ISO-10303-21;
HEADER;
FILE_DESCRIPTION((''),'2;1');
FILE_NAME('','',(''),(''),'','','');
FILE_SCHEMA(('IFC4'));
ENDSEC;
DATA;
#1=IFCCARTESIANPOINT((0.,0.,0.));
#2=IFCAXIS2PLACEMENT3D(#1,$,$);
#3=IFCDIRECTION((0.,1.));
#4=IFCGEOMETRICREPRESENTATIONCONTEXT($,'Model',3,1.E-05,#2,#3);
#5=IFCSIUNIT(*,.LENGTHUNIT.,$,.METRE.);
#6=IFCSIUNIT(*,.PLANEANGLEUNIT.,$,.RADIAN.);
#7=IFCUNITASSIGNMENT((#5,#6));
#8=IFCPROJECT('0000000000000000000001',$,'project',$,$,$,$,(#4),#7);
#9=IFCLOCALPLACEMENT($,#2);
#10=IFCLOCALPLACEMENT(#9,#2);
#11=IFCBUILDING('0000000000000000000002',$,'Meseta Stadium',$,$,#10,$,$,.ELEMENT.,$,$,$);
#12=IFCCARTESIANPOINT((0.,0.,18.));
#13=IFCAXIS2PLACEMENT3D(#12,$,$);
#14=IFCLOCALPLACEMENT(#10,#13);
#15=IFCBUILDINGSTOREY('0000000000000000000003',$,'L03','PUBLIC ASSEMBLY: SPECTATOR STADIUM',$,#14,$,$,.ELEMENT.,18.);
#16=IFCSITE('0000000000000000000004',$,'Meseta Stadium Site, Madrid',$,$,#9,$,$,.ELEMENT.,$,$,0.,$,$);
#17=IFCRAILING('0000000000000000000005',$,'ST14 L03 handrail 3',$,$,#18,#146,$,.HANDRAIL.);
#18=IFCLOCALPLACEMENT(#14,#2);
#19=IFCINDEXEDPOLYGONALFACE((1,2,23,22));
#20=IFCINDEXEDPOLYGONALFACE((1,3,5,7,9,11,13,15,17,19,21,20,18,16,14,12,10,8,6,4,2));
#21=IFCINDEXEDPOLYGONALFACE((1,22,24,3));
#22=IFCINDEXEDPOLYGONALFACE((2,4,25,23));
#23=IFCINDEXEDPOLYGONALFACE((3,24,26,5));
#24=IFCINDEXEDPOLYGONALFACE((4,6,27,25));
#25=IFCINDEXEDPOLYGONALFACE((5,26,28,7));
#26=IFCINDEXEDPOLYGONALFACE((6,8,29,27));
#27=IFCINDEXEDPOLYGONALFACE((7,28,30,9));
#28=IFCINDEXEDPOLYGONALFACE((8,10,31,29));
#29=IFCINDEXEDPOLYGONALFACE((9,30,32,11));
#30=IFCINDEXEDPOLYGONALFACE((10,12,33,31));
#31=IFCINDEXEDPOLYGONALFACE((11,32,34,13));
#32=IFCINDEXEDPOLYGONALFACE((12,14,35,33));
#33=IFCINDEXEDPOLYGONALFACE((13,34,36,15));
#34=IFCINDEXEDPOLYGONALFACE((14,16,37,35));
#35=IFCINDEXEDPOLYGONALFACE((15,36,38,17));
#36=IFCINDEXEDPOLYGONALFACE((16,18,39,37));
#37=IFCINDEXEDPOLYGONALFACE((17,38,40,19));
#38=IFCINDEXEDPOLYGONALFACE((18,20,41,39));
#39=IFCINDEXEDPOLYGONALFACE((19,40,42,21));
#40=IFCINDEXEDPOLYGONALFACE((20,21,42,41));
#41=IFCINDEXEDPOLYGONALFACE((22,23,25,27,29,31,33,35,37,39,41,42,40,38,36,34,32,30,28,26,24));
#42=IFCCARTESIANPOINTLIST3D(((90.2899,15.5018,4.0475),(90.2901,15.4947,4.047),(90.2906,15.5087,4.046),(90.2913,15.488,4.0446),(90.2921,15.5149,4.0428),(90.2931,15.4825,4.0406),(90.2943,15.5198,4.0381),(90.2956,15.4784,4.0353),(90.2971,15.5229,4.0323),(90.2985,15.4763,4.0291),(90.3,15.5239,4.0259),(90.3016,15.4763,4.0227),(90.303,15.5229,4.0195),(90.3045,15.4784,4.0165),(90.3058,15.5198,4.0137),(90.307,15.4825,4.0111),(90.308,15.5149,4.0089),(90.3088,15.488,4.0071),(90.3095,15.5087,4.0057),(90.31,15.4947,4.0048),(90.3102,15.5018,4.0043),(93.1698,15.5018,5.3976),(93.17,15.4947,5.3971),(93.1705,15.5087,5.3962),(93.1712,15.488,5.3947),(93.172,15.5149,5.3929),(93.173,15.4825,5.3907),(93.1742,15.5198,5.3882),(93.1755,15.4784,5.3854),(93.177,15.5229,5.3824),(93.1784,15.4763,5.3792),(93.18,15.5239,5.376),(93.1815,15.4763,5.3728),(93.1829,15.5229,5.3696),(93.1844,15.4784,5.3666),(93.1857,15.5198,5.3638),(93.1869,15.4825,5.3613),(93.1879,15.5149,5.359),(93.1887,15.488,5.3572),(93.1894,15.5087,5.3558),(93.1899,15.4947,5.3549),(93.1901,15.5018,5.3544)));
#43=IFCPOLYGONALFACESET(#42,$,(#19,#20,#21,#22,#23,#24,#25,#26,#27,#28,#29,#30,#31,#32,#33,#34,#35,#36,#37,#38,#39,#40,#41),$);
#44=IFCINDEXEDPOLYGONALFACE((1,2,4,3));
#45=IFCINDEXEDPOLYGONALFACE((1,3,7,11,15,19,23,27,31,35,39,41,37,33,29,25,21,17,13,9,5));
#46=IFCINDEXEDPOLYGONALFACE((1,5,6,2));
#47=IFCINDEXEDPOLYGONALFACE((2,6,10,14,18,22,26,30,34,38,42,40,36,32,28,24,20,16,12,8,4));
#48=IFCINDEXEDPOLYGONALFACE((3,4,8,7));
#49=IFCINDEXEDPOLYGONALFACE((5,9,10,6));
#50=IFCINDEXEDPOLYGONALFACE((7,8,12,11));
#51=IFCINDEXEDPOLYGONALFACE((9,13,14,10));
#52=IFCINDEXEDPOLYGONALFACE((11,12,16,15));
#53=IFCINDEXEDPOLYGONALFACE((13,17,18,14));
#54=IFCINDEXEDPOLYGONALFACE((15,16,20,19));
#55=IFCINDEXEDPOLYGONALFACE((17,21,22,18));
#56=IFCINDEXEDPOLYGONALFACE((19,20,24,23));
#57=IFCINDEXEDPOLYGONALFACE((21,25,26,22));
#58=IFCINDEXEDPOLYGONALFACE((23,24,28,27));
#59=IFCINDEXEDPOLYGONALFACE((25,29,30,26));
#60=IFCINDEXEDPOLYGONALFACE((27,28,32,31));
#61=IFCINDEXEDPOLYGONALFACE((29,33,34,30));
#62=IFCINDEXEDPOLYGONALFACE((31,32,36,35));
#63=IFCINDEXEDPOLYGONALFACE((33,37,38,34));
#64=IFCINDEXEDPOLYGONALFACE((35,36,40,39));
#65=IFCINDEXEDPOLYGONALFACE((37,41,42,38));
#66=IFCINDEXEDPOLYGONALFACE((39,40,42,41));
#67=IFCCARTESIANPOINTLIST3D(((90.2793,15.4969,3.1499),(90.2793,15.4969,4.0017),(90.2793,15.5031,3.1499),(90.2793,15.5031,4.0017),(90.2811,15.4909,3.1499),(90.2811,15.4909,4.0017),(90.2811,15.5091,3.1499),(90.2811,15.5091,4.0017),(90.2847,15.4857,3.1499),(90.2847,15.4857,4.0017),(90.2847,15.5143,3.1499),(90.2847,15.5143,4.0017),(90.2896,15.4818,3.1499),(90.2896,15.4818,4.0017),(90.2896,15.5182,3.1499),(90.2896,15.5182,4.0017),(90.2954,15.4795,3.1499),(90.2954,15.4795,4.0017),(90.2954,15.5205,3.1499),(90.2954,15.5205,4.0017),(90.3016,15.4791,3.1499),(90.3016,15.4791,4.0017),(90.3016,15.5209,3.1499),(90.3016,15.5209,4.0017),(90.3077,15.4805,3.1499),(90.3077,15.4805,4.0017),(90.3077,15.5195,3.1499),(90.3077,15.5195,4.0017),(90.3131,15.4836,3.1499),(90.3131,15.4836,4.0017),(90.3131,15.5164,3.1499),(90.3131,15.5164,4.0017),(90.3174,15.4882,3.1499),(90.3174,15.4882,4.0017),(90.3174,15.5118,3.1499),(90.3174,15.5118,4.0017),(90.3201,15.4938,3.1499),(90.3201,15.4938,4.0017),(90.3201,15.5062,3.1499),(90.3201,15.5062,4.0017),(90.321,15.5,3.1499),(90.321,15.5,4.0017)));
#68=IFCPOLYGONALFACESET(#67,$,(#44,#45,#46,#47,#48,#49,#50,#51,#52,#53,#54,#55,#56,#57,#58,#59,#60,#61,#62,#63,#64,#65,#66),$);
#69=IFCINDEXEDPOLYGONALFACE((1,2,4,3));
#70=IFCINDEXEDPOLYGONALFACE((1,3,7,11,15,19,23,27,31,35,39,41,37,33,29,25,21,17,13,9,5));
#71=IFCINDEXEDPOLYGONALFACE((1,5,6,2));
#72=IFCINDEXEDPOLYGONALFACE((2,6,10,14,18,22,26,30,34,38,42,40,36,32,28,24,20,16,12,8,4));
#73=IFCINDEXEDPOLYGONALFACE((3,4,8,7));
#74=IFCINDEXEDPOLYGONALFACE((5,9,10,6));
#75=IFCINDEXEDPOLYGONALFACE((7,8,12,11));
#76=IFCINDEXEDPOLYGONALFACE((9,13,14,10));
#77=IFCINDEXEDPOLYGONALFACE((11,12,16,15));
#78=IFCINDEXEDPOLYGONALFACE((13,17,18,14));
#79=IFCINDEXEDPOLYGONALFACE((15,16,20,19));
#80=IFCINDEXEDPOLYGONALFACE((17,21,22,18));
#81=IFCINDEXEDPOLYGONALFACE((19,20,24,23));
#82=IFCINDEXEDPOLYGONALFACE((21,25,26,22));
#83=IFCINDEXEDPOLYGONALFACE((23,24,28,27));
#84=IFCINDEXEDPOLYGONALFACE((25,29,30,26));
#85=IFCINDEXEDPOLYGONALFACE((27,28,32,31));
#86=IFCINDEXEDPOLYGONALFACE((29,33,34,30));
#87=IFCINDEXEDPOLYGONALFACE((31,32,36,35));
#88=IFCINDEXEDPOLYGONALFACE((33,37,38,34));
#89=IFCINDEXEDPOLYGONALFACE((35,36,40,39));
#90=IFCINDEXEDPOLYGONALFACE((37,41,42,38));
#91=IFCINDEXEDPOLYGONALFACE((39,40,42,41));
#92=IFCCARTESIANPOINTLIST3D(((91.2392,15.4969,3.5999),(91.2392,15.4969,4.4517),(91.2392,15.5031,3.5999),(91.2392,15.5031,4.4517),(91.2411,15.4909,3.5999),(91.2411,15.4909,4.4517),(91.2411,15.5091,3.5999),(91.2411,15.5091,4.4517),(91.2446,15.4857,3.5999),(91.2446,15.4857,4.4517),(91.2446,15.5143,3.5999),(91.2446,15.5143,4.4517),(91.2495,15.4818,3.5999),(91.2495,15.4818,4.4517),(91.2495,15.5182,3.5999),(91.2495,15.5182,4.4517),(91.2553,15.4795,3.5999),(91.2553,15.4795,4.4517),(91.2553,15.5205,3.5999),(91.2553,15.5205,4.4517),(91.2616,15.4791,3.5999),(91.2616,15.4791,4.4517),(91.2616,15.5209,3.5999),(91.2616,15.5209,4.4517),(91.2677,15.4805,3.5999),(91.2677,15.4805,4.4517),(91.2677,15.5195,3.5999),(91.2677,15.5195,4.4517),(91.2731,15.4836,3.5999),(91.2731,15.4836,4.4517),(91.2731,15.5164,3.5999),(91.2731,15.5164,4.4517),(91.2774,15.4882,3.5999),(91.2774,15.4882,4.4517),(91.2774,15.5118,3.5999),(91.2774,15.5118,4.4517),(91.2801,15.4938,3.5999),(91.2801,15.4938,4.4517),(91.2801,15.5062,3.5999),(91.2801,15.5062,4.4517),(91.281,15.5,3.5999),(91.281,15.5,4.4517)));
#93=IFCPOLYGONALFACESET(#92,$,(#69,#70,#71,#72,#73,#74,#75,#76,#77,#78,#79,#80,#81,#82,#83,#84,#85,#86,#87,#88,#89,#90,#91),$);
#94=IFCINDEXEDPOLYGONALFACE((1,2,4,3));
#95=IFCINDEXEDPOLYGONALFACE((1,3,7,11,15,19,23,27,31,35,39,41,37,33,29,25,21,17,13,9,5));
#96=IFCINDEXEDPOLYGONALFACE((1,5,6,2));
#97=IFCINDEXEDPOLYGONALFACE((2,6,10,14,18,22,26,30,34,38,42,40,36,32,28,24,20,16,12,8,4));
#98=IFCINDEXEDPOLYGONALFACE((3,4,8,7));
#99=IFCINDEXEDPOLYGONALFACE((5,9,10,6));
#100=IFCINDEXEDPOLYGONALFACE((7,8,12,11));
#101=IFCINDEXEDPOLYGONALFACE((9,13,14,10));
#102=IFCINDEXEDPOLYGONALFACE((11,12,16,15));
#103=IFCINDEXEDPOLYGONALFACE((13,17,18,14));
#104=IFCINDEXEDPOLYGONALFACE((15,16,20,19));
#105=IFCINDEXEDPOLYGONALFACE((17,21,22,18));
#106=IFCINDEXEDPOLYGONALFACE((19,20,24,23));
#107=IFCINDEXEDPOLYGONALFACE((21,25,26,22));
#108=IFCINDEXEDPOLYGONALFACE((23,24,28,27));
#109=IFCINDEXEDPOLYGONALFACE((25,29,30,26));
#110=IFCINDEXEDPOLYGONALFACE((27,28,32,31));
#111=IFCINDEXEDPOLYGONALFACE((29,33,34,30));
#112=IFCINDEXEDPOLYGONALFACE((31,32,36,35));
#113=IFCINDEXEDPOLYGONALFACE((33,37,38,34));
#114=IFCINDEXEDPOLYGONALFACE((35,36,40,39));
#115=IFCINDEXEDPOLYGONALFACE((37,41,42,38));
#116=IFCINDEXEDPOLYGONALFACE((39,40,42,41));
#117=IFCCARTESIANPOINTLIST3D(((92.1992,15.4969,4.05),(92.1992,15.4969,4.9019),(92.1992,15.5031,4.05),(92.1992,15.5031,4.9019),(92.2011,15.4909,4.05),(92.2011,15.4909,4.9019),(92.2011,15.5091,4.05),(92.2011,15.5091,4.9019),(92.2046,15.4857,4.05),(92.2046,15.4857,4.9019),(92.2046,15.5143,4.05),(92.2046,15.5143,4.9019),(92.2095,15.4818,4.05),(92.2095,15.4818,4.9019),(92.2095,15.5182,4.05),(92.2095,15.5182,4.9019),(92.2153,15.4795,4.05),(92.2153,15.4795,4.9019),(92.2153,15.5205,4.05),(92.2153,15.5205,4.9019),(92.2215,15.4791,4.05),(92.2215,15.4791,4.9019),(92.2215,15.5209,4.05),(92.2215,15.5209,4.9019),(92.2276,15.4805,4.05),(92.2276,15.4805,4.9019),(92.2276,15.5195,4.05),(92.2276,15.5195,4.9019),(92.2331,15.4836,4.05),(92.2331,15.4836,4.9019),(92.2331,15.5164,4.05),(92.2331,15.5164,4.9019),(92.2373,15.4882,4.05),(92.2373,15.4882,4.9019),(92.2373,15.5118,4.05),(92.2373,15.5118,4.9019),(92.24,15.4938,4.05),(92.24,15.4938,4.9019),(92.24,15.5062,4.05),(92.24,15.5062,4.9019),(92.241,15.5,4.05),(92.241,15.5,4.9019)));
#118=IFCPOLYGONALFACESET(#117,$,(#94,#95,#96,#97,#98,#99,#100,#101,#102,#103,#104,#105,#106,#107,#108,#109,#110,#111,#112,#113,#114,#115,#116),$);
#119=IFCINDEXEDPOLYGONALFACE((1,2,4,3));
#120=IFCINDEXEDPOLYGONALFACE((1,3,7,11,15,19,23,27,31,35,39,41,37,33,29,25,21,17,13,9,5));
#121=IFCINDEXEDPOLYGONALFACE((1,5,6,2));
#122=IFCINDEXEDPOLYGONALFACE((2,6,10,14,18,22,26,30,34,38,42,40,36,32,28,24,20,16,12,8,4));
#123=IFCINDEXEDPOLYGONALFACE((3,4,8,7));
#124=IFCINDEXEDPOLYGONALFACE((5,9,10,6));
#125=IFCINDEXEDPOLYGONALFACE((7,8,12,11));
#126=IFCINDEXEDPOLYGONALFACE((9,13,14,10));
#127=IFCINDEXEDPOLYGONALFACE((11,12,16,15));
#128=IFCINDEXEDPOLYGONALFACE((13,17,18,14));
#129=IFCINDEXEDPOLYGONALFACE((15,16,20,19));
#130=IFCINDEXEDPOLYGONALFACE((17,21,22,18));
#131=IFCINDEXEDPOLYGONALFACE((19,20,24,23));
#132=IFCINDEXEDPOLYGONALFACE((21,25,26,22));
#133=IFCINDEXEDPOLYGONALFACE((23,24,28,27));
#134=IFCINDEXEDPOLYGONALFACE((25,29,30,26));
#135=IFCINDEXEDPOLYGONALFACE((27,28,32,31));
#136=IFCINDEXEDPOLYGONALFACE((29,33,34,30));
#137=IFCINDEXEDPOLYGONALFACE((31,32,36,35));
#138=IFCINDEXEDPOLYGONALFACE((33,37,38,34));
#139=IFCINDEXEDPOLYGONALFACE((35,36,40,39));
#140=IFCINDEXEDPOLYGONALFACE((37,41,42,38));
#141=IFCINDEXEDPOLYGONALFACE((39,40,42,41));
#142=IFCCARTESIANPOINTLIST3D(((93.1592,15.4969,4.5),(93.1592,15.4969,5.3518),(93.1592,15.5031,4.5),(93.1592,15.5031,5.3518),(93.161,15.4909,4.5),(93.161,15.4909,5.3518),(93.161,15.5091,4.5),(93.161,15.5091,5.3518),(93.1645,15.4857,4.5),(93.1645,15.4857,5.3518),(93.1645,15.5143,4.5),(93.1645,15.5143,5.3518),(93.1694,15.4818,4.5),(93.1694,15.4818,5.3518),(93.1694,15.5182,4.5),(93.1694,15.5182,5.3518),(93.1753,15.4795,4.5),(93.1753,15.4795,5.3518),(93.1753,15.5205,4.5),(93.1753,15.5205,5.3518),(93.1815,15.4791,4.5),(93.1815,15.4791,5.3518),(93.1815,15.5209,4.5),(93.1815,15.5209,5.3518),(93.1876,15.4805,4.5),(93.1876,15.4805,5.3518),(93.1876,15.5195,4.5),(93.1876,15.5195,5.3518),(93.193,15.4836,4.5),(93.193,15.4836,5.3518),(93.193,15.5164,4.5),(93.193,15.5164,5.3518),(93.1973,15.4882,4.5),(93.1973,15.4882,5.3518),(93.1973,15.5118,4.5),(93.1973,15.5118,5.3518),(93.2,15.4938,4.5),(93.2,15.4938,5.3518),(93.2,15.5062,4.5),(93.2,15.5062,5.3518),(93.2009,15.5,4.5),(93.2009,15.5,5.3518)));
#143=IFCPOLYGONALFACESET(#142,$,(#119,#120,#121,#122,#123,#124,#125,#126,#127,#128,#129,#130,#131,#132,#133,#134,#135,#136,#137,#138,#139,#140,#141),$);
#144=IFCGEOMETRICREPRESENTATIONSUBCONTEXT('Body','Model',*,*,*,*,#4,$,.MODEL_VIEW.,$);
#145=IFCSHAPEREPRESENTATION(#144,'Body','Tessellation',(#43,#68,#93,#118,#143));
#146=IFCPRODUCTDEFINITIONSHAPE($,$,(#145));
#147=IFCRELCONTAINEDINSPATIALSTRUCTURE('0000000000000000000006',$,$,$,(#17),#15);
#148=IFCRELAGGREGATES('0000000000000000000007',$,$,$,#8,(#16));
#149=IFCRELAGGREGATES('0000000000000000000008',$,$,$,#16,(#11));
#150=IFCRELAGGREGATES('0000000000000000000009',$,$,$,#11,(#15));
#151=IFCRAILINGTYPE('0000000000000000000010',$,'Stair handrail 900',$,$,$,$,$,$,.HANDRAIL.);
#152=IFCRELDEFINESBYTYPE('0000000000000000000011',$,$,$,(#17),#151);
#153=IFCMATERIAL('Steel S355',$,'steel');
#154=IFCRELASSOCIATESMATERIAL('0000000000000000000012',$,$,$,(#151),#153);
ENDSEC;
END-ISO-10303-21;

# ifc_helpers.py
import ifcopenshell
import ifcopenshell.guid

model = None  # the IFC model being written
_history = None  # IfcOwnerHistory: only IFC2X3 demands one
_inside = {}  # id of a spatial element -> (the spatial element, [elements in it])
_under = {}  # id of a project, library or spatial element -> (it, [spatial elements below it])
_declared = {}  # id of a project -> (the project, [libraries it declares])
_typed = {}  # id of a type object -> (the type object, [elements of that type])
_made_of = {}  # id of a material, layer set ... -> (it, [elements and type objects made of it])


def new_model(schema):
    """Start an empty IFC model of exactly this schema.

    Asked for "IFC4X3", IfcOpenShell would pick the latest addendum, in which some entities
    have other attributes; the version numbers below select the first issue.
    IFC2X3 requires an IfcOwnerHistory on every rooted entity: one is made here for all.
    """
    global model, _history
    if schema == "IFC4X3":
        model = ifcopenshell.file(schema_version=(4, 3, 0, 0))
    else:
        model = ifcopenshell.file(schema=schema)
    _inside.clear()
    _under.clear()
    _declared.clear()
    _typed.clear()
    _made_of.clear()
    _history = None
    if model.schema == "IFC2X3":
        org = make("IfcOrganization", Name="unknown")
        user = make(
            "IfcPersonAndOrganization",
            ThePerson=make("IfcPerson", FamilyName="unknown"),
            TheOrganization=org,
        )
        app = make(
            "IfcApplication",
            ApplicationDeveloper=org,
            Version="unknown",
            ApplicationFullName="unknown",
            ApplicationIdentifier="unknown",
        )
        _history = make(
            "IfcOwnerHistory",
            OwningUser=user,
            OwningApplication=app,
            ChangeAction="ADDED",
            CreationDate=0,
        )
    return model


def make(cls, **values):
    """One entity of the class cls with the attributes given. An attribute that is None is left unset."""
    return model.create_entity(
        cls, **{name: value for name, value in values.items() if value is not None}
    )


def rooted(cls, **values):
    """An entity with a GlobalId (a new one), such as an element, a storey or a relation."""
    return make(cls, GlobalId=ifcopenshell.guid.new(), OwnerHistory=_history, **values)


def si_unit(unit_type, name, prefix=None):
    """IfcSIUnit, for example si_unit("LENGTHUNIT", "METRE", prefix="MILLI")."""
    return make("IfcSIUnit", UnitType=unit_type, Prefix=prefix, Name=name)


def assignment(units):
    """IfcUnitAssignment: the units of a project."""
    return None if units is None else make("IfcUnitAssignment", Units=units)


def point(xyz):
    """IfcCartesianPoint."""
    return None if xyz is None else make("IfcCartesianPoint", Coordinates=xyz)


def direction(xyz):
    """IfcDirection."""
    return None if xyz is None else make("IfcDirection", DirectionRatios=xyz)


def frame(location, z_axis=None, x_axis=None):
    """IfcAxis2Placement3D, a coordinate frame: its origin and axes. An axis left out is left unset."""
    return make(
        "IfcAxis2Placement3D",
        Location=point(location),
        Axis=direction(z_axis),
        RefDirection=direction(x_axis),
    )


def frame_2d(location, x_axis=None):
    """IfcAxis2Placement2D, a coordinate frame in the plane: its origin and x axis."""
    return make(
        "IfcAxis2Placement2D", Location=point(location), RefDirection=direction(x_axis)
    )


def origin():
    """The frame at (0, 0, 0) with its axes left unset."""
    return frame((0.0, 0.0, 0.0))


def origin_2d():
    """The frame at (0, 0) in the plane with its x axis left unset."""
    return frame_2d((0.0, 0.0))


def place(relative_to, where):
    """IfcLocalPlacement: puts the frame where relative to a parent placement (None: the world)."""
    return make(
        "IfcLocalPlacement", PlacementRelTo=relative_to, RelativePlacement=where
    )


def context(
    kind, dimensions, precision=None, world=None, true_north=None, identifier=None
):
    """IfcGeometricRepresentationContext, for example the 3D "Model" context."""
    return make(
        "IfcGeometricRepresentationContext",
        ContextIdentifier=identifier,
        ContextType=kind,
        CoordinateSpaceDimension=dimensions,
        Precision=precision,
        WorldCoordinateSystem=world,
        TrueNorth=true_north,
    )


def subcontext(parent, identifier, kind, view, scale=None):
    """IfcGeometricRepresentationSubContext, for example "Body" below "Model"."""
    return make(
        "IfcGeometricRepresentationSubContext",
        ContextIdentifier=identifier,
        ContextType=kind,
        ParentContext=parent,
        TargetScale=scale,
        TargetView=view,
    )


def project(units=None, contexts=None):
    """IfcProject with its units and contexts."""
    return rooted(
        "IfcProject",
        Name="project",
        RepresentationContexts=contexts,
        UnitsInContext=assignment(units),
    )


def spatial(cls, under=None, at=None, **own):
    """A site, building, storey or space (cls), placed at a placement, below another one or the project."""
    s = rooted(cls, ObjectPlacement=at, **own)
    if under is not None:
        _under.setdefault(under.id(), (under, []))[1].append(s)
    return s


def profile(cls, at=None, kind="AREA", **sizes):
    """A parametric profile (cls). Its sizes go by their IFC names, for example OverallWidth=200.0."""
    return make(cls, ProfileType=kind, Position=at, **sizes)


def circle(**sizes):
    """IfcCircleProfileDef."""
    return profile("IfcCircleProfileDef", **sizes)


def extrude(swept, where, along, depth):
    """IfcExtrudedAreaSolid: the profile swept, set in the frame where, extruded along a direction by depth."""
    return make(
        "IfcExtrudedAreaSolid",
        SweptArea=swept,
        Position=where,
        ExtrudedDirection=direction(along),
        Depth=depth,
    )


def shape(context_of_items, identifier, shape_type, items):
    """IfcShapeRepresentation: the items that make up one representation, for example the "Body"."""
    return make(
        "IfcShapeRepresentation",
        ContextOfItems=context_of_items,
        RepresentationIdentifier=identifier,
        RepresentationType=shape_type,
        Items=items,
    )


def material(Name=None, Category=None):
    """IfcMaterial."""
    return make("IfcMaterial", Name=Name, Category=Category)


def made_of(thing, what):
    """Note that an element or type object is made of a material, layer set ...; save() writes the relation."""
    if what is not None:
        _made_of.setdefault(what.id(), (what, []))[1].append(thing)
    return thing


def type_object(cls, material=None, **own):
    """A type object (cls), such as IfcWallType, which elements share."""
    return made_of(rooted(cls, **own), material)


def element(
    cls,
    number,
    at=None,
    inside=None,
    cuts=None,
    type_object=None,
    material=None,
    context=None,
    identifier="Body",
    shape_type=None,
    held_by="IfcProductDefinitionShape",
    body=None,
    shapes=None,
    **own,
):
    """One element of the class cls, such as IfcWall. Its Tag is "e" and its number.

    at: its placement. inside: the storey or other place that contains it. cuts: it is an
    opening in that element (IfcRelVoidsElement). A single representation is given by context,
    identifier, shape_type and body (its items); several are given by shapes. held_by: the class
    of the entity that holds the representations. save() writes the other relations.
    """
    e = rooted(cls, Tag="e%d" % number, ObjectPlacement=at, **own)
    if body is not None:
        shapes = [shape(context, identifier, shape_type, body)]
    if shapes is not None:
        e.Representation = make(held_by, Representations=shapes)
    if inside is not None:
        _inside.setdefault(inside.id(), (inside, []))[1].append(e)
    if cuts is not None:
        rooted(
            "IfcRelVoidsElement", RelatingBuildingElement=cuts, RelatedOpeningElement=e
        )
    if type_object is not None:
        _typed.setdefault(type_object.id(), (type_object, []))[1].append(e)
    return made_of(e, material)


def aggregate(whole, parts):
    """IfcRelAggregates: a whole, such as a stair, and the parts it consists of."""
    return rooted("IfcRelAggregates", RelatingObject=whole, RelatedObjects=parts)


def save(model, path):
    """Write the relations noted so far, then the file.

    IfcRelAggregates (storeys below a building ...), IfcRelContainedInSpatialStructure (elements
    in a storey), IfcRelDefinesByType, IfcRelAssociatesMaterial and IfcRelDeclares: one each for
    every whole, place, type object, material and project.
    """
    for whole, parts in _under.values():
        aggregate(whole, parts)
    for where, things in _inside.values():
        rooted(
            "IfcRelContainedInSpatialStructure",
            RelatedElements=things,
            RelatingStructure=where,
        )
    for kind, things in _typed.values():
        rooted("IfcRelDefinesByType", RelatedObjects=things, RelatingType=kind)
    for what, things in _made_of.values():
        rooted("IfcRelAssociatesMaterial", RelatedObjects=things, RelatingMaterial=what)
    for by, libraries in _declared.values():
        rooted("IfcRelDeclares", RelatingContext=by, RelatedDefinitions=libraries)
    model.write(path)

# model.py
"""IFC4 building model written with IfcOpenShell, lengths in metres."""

from ifc_helpers import new_model, si_unit, direction, frame, origin, origin_2d, place, context, subcontext, project, spatial, circle, extrude, material, type_object, element, save


model = new_model("IFC4")

# Units and contexts
model_context = context("Model", 3, precision=1e-05, world=origin(), true_north=direction((0.0, 1.0)))
body_context = subcontext(model_context, "Body", "Model", "MODEL_VIEW")
ifc_project = project(units=[si_unit("LENGTHUNIT", "METRE"), si_unit("PLANEANGLEUNIT", "RADIAN")], contexts=[model_context])

# Site, building, storey
site_placement = place(None, origin())
site = spatial("IfcSite", under=ifc_project, at=site_placement, Name="Meseta Stadium Site, Madrid", CompositionType="ELEMENT", RefElevation=0.0)
building_placement = place(site_placement, origin())
building = spatial("IfcBuilding", under=site, at=building_placement, Name="Meseta Stadium", CompositionType="ELEMENT")
storey_placement = place(building_placement, frame((0.0, 0.0, 18.0)))
storey = spatial("IfcBuildingStorey", under=building, at=storey_placement, Name="L03", Description="PUBLIC ASSEMBLY: SPECTATOR STADIUM", CompositionType="ELEMENT", Elevation=18.0)

# Railing
ifc_material_1 = material(Name="Steel S355", Category="steel")
railing_type_1 = type_object("IfcRailingType", Name="Stair handrail 900", PredefinedType="HANDRAIL", material=ifc_material_1)
for number, where, name in (
    (1, (90.3, 15.5, 3.1499), "ST14 L03 handrail 3"),
):
    element("IfcRailing", number, at=place(storey_placement, frame(where)), inside=storey, type_object=railing_type_1, Name=name, PredefinedType="HANDRAIL", context=body_context, shape_type="SweptSolid", body=[
        extrude(circle(Radius=0.0239, at=origin_2d()), frame((0.0, 0.0, 0.876), z_axis=(0.90544, 0.0, 0.424473), x_axis=(0.0, 1.0, 0.0)), (0.0, 0.0, 1.0), 3.1807),
        extrude(circle(Radius=0.021, at=origin_2d()), origin(), (0.0, 0.0, 1.0), 0.8518),
        extrude(circle(Radius=0.021, at=origin_2d()), frame((0.96, 0.0, 0.45)), (0.0, 0.0, 1.0), 0.8518),
        extrude(circle(Radius=0.021, at=origin_2d()), frame((1.9199, 0.0, 0.9001)), (0.0, 0.0, 1.0), 0.8518),
        extrude(circle(Radius=0.021, at=origin_2d()), frame((2.8799, 0.0, 1.3501)), (0.0, 0.0, 1.0), 0.8518),
    ])

save(model, "model.ifc")
